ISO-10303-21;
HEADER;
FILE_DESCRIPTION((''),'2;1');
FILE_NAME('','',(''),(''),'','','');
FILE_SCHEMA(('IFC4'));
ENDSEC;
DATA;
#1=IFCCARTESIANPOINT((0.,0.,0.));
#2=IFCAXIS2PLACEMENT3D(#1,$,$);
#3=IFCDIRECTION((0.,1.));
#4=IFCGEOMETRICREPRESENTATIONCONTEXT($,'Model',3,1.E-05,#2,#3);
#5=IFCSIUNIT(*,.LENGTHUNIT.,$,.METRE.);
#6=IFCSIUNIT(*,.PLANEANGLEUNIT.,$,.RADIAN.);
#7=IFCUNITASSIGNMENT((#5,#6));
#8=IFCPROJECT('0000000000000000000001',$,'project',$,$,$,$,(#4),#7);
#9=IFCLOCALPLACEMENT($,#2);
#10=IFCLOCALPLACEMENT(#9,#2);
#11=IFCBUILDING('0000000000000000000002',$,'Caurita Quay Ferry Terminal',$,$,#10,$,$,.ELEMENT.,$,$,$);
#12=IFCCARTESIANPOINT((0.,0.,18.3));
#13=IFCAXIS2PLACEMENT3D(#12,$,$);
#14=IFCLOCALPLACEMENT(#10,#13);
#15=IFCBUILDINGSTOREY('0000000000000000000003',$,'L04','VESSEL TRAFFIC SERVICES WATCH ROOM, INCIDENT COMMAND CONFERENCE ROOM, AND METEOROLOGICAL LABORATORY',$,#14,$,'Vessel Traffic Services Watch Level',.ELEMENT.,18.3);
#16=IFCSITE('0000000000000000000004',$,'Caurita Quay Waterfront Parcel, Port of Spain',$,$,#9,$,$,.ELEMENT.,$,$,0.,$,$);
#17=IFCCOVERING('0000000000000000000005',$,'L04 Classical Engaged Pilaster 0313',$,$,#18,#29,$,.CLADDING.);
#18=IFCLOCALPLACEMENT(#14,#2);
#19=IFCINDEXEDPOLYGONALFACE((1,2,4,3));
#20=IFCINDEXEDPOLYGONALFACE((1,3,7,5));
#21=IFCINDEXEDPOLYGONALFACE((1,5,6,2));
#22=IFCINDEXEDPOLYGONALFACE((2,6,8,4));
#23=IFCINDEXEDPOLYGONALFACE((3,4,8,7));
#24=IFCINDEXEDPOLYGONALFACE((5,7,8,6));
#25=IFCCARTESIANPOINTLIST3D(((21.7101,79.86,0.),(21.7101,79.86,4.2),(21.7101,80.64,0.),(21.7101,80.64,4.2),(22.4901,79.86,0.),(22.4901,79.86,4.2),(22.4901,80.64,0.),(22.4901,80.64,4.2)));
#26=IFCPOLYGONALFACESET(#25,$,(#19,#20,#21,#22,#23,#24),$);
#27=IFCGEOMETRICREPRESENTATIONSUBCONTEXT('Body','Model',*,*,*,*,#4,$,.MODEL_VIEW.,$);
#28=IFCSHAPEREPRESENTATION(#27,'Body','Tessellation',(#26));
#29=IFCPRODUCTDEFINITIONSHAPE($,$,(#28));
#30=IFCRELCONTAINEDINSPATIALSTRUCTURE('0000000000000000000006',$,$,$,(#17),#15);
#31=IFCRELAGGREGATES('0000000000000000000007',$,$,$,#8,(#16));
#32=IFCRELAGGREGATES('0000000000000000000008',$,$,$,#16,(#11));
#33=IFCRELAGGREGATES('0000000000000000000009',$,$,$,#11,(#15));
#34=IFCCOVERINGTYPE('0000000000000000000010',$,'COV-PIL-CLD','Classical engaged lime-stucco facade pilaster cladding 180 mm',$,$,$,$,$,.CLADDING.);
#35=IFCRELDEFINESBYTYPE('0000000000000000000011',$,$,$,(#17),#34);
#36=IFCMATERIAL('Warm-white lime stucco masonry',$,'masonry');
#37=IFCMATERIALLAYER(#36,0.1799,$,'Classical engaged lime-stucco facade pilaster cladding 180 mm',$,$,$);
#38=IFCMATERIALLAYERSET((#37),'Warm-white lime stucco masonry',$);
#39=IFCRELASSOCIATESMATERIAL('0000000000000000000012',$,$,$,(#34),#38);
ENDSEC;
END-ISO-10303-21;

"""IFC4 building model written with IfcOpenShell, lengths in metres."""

from ifc_helpers import new_model, si_unit, direction, frame, origin, origin_2d, place, context, subcontext, project, spatial, rectangle, extrude, material, layer, layer_set, type_object, element, save


model = new_model("IFC4")

# Units and contexts
model_context = context("Model", 3, precision=1e-05, world=origin(), true_north=direction((0.0, 1.0)))
body_context = subcontext(model_context, "Body", "Model", "MODEL_VIEW")
ifc_project = project(units=[si_unit("LENGTHUNIT", "METRE"), si_unit("PLANEANGLEUNIT", "RADIAN")], contexts=[model_context])

# Site, building, storey
site_placement = place(None, origin())
site = spatial("IfcSite", under=ifc_project, at=site_placement, Name="Caurita Quay Waterfront Parcel, Port of Spain", CompositionType="ELEMENT", RefElevation=0.0)
building_placement = place(site_placement, origin())
building = spatial("IfcBuilding", under=site, at=building_placement, Name="Caurita Quay Ferry Terminal", CompositionType="ELEMENT")
storey_placement = place(building_placement, frame((0.0, 0.0, 18.3)))
storey = spatial("IfcBuildingStorey", under=building, at=storey_placement, Name="L04", Description="VESSEL TRAFFIC SERVICES WATCH ROOM, INCIDENT COMMAND CONFERENCE ROOM, AND METEOROLOGICAL LABORATORY", LongName="Vessel Traffic Services Watch Level", CompositionType="ELEMENT", Elevation=18.3)

# Shared definitions
ifc_material_1 = material(Name="Warm-white lime stucco masonry", Category="masonry")

# Covering
ifc_layer_1 = layer(ifc_material_1, 0.1799, Name="Classical engaged lime-stucco facade pilaster cladding 180 mm")
ifc_layer_set_1 = layer_set([ifc_layer_1], Name="Warm-white lime stucco masonry")
covering_type_1 = type_object("IfcCoveringType", Name="COV-PIL-CLD", Description="Classical engaged lime-stucco facade pilaster cladding 180 mm", PredefinedType="CLADDING", material=ifc_layer_set_1)
covering_1_placement = place(storey_placement, frame((22.1001, 80.25, 0.0), z_axis=(0.0, 0.0, 1.0), x_axis=(1.0, 0.0, 0.0)))
element("IfcCovering", 1, at=covering_1_placement, inside=storey, type_object=covering_type_1, Name="L04 Classical Engaged Pilaster 0313", PredefinedType="CLADDING", context=body_context, shape_type="SweptSolid", body=[
    extrude(rectangle(XDim=0.78, YDim=0.78, at=origin_2d()), origin(), (0.0, 0.0, 1.0), 4.2),
])

save(model, "model.ifc")
